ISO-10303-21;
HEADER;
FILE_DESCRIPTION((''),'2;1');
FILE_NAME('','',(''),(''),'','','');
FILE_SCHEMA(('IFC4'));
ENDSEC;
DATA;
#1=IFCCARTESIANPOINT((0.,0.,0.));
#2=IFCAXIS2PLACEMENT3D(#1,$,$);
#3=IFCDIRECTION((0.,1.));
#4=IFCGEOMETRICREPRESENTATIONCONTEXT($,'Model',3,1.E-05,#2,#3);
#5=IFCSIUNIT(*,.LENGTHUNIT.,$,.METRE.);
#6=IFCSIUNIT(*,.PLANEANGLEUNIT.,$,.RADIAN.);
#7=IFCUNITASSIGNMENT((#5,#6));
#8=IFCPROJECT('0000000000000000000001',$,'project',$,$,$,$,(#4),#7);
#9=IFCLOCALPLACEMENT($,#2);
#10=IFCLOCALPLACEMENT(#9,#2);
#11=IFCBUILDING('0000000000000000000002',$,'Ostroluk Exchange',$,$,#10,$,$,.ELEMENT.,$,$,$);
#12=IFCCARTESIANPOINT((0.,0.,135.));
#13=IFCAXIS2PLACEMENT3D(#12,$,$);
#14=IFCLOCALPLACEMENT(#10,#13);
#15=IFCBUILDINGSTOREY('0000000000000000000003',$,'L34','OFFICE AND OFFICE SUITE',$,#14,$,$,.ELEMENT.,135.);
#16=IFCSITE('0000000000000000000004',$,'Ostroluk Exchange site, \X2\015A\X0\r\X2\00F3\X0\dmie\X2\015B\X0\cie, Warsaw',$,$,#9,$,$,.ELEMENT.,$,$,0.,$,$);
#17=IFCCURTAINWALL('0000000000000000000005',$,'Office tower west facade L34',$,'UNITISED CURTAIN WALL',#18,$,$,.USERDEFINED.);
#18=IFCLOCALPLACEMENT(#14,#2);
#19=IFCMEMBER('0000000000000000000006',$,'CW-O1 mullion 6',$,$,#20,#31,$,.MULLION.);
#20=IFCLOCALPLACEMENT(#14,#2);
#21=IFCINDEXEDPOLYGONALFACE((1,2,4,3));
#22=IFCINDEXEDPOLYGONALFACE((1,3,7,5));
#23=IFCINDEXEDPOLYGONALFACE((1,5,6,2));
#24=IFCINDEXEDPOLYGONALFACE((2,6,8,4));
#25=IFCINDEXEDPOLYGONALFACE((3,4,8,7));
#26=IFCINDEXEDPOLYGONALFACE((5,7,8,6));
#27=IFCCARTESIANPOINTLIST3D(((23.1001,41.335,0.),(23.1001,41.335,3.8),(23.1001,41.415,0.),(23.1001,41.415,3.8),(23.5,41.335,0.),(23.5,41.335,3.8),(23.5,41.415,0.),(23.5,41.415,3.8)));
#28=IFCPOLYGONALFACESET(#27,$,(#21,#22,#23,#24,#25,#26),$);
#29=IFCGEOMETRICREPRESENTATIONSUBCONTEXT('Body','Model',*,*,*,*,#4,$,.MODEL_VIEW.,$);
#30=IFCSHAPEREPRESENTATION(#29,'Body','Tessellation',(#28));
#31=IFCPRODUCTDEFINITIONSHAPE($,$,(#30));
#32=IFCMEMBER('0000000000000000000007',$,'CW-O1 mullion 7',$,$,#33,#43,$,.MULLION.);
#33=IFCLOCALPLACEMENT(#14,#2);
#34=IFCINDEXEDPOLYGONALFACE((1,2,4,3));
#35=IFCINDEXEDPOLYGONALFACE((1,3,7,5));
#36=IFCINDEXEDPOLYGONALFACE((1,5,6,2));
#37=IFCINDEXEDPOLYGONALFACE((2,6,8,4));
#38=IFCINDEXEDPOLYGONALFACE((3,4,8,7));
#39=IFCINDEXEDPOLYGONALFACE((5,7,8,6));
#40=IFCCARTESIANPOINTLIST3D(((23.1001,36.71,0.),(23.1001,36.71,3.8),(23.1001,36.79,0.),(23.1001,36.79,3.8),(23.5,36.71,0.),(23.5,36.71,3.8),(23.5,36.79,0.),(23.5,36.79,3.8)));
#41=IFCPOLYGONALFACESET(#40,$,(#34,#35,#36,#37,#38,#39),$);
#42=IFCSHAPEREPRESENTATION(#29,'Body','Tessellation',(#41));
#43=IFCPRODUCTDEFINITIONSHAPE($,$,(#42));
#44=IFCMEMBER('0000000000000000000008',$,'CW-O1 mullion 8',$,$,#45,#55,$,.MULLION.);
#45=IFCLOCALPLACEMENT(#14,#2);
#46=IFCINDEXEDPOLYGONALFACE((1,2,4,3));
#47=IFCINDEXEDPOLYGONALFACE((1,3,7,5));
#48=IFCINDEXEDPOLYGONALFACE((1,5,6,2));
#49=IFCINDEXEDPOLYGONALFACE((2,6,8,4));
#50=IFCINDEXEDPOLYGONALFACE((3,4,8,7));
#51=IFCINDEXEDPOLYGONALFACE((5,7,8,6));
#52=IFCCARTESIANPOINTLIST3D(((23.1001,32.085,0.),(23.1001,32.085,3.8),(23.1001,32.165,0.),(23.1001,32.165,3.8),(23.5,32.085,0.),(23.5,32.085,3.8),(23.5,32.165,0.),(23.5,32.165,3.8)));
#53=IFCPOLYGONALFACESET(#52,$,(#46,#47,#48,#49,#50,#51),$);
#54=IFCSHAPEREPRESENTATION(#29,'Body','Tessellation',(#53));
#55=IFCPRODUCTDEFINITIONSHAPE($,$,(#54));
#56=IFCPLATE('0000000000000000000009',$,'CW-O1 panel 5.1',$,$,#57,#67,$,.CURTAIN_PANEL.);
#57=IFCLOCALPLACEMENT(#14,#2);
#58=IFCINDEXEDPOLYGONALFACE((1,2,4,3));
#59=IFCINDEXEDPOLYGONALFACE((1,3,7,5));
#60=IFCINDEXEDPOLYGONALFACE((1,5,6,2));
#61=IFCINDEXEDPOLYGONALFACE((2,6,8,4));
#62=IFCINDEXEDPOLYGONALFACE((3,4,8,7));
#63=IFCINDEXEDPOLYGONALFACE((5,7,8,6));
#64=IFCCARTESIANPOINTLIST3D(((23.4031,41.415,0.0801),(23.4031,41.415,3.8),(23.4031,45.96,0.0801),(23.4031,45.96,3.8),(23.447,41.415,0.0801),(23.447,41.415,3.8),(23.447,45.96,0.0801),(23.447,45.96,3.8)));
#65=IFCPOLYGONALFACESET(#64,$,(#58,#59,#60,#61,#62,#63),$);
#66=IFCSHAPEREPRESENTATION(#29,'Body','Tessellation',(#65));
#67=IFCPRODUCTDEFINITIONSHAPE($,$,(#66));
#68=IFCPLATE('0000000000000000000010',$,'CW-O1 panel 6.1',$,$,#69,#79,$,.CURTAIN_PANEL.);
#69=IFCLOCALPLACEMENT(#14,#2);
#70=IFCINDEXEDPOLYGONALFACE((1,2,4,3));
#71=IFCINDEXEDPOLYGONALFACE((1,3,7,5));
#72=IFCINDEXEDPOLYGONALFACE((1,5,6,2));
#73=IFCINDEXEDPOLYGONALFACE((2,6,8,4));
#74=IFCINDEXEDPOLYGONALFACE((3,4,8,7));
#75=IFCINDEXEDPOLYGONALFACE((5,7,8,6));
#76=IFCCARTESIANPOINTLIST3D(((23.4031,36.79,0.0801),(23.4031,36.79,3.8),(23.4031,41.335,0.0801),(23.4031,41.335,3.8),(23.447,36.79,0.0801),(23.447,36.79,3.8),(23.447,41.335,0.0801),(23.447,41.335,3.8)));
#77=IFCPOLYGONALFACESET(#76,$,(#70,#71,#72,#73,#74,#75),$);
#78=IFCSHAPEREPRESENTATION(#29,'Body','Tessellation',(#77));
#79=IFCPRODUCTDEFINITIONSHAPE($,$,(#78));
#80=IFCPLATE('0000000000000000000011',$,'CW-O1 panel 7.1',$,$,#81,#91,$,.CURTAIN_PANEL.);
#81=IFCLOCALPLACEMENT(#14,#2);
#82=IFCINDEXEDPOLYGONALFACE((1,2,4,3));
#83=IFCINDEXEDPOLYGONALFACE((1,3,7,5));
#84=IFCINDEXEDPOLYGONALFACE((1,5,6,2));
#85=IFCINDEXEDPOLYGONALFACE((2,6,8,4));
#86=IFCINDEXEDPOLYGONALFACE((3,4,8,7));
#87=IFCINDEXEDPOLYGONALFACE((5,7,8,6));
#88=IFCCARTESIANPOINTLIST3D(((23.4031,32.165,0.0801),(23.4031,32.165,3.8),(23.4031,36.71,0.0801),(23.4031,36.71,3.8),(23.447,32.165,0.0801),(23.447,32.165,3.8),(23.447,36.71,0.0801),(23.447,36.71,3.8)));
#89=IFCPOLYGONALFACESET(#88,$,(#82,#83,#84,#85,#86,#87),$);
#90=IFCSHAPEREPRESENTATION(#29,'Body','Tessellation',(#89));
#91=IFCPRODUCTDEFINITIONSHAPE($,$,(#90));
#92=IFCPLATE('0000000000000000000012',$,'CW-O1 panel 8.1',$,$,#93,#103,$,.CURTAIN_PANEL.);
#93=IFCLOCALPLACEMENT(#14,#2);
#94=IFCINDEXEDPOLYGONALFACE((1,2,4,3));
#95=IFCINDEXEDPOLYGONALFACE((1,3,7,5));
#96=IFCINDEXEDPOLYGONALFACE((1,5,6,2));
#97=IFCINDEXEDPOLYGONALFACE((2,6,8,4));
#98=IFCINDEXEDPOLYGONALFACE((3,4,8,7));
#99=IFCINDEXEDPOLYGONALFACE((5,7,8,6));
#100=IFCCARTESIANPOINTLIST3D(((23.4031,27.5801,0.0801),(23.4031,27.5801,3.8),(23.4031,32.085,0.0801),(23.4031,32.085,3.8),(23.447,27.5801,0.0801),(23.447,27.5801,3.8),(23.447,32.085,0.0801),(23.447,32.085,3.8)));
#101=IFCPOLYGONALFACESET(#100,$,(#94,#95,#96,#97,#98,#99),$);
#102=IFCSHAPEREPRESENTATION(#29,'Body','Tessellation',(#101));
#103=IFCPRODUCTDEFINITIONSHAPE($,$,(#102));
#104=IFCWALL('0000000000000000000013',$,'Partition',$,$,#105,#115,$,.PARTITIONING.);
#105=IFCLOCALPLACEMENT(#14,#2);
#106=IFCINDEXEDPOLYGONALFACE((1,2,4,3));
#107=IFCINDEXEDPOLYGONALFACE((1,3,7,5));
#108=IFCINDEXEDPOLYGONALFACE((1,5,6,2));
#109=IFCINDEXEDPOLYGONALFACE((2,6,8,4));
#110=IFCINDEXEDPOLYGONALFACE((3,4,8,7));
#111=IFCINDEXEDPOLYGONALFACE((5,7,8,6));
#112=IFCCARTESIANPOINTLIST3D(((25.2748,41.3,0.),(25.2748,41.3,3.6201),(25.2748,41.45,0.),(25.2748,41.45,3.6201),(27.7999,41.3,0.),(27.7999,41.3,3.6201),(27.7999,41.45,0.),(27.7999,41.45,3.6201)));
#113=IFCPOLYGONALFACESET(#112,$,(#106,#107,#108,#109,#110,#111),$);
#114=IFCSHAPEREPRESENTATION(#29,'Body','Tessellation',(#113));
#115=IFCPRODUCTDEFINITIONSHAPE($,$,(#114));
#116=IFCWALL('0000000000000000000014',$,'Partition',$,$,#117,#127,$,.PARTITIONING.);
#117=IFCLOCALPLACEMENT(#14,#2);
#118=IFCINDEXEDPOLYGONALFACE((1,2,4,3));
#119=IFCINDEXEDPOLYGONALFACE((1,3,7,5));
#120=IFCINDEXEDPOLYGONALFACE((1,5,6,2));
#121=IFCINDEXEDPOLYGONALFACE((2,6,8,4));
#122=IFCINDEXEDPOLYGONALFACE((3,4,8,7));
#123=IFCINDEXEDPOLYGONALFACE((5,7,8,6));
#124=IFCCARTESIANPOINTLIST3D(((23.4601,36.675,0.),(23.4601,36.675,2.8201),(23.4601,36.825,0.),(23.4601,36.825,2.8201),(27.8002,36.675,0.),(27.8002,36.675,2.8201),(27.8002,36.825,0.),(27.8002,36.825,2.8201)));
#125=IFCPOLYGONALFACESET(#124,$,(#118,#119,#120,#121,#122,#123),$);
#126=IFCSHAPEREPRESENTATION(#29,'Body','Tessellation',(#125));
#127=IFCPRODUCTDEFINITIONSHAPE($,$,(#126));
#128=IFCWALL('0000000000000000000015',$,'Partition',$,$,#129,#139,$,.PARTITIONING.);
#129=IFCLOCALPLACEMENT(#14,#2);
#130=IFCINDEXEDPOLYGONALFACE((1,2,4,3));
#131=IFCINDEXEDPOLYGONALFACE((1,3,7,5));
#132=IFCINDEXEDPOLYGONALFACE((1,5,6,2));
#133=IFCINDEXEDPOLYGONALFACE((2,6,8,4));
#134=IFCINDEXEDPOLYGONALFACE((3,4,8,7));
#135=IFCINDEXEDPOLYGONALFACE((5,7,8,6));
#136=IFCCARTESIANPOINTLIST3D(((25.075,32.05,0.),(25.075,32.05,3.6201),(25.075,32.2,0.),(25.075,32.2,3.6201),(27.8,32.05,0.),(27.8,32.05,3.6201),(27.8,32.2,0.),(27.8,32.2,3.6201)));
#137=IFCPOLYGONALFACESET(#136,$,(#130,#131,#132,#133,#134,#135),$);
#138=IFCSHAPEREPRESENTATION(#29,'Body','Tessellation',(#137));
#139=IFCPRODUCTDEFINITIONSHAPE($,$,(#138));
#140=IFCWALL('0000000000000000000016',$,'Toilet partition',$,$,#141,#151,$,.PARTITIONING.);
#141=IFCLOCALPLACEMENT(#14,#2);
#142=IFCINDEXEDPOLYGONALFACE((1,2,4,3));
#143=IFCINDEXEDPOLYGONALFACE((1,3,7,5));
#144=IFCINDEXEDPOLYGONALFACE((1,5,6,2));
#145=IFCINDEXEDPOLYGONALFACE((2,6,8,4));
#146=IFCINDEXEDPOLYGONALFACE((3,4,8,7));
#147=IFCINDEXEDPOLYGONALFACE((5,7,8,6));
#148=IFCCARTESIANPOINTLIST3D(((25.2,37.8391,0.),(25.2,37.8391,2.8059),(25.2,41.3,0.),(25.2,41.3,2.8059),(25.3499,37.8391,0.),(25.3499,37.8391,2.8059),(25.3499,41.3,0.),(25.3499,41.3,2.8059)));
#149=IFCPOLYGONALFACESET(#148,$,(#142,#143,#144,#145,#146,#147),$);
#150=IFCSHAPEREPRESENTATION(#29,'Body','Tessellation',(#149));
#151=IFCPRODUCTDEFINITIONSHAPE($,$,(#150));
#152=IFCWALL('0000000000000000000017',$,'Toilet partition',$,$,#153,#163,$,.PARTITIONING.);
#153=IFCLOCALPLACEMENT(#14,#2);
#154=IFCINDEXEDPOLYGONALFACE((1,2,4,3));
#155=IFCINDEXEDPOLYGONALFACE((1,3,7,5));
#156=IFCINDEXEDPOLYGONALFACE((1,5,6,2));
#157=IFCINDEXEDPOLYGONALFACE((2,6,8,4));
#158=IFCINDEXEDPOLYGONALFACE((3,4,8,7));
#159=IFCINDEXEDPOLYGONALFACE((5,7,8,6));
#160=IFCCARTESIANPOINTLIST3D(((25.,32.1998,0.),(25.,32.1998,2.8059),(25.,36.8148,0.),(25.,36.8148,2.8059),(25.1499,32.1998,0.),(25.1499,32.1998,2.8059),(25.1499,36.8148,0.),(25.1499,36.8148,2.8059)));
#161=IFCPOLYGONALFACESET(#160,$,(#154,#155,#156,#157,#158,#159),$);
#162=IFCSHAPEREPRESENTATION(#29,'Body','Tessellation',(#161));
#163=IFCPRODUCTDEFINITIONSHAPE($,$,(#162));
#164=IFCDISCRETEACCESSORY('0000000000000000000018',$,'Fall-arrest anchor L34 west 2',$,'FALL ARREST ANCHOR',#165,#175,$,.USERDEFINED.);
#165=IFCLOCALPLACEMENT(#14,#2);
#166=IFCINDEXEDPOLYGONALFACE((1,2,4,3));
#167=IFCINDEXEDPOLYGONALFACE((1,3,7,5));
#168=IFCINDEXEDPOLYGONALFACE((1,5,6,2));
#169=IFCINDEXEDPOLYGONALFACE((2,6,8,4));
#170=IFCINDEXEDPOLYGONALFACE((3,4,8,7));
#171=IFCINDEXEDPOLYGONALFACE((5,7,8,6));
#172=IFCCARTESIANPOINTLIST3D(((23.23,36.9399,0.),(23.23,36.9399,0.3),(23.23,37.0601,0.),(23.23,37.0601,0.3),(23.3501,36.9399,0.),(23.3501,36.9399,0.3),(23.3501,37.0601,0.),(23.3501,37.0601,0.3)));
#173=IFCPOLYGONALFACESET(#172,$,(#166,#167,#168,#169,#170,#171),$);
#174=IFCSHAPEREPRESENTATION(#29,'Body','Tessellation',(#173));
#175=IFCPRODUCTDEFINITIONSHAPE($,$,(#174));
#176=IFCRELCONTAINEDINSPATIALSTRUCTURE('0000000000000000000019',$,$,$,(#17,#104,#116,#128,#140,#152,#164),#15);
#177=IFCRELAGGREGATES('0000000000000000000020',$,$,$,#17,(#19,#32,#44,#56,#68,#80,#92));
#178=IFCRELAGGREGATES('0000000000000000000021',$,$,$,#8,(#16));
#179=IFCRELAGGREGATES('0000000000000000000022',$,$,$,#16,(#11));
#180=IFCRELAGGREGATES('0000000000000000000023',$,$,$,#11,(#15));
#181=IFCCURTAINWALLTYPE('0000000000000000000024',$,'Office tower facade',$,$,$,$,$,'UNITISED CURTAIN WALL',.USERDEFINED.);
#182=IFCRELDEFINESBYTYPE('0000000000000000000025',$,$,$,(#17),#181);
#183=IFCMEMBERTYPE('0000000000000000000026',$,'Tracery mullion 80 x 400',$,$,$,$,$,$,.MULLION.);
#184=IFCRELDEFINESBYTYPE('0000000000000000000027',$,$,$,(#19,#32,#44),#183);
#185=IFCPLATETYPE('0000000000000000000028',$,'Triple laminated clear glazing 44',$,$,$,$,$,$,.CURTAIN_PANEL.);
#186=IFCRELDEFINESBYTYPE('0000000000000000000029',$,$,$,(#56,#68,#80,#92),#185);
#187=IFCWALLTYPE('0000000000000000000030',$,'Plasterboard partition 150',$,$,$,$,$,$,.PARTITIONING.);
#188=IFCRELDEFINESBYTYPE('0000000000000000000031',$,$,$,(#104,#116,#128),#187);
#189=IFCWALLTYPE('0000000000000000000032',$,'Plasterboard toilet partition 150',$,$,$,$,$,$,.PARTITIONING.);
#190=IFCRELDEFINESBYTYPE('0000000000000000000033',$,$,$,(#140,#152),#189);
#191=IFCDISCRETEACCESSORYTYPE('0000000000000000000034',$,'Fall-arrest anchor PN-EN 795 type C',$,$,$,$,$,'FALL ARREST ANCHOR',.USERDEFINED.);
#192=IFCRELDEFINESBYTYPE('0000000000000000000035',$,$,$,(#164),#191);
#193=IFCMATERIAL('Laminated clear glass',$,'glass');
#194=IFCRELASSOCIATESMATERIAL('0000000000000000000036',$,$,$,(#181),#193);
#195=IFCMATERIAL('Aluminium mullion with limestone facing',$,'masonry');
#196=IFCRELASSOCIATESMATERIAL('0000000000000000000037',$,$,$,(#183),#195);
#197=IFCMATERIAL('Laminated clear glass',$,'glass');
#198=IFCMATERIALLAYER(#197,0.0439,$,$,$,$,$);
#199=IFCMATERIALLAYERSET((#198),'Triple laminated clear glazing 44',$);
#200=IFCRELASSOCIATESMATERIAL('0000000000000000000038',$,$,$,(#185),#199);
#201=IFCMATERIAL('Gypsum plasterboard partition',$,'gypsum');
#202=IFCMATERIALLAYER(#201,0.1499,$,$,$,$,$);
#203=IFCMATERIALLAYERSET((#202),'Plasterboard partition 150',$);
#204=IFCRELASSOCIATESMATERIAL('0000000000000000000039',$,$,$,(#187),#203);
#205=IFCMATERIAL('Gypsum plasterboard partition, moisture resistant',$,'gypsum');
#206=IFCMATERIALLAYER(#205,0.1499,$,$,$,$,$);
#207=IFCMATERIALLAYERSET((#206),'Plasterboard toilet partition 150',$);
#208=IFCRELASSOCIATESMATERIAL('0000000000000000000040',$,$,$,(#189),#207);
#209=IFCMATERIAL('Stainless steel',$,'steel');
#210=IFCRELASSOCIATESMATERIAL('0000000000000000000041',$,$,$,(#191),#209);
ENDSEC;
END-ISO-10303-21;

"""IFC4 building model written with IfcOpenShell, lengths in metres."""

from ifc_helpers import new_model, si_unit, direction, frame, frame_2d, origin, origin_2d, place, context, subcontext, project, spatial, rectangle, extrude, material, layer, layer_set, material_profile, profile_set, type_object, element, aggregate, save


model = new_model("IFC4")

# Units and contexts
model_context = context("Model", 3, precision=1e-05, world=origin(), true_north=direction((0.0, 1.0)))
body_context = subcontext(model_context, "Body", "Model", "MODEL_VIEW")
ifc_project = project(units=[si_unit("LENGTHUNIT", "METRE"), si_unit("PLANEANGLEUNIT", "RADIAN")], contexts=[model_context])

# Site, building, storey
site_placement = place(None, origin())
site = spatial("IfcSite", under=ifc_project, at=site_placement, Name="Ostroluk Exchange site, Śródmieście, Warsaw", CompositionType="ELEMENT", RefElevation=0.0)
building_placement = place(site_placement, origin())
building = spatial("IfcBuilding", under=site, at=building_placement, Name="Ostroluk Exchange", CompositionType="ELEMENT")
storey_placement = place(building_placement, frame((0.0, 0.0, 135.0)))
storey = spatial("IfcBuildingStorey", under=building, at=storey_placement, Name="L34", Description="OFFICE AND OFFICE SUITE", CompositionType="ELEMENT", Elevation=135.0)

# Curtain wall, members, plates
ifc_material_1 = material(Name="Laminated clear glass", Category="glass")
curtain_wall_type = type_object("IfcCurtainWallType", Name="Office tower facade", ElementType="UNITISED CURTAIN WALL", PredefinedType="USERDEFINED", material=ifc_material_1)
curtain_wall_placement = place(storey_placement, origin())
curtain_wall = element("IfcCurtainWall", 1, at=curtain_wall_placement, inside=storey, type_object=curtain_wall_type, Name="Office tower west facade L34", ObjectType="UNITISED CURTAIN WALL", PredefinedType="USERDEFINED")
ifc_material_2 = material(Name="Aluminium mullion with limestone facing", Category="masonry")
ifc_material_profile_1 = material_profile(ifc_material_2, rectangle(XDim=0.3999, YDim=0.0801, at=origin_2d()), Name="Tracery mullion 80 x 400")
ifc_profile_set_1 = profile_set([ifc_material_profile_1], Name="Aluminium mullion with limestone facing")
member_type_1 = type_object("IfcMemberType", Name="Tracery mullion 80 x 400", PredefinedType="MULLION", material=ifc_profile_set_1)
member_1_placement = place(storey_placement, frame((23.3, 41.375, 0.0), z_axis=(0.0, 0.0, 1.0), x_axis=(1.0, 0.0, 0.0)))
member_1 = element("IfcMember", 2, at=member_1_placement, type_object=member_type_1, Name="CW-O1 mullion 6", PredefinedType="MULLION", context=body_context, shape_type="SweptSolid", body=[
    extrude(rectangle(XDim=0.3999, YDim=0.0801, at=origin_2d()), origin(), (0.0, 0.0, 1.0), 3.8),
])
member_2_placement = place(storey_placement, frame((23.3, 36.75, 0.0), z_axis=(0.0, 0.0, 1.0), x_axis=(1.0, 0.0, 0.0)))
member_2 = element("IfcMember", 3, at=member_2_placement, type_object=member_type_1, Name="CW-O1 mullion 7", PredefinedType="MULLION", context=body_context, shape_type="SweptSolid", body=[
    extrude(rectangle(XDim=0.3999, YDim=0.0801, at=origin_2d()), origin(), (0.0, 0.0, 1.0), 3.8),
])
member_3_placement = place(storey_placement, frame((23.3, 32.125, 0.0), z_axis=(0.0, 0.0, 1.0), x_axis=(1.0, 0.0, 0.0)))
member_3 = element("IfcMember", 4, at=member_3_placement, type_object=member_type_1, Name="CW-O1 mullion 8", PredefinedType="MULLION", context=body_context, shape_type="SweptSolid", body=[
    extrude(rectangle(XDim=0.3999, YDim=0.0801, at=origin_2d()), origin(), (0.0, 0.0, 1.0), 3.8),
])
ifc_material_3 = material(Name="Laminated clear glass", Category="glass")
ifc_layer_1 = layer(ifc_material_3, 0.0439)
ifc_layer_set_1 = layer_set([ifc_layer_1], Name="Triple laminated clear glazing 44")
plate_type = type_object("IfcPlateType", Name="Triple laminated clear glazing 44", PredefinedType="CURTAIN_PANEL", material=ifc_layer_set_1)
plate_1_placement = place(storey_placement, frame((23.425, 43.6875, 0.0801), z_axis=(0.0, 0.0, 1.0), x_axis=(0.0, -1.0, 0.0)))
plate_1 = element("IfcPlate", 5, at=plate_1_placement, type_object=plate_type, Name="CW-O1 panel 5.1", PredefinedType="CURTAIN_PANEL", context=body_context, shape_type="SweptSolid", body=[
    extrude(rectangle(XDim=4.5449, YDim=0.0439, at=origin_2d()), origin(), (0.0, 0.0, 1.0), 3.72),
])
plate_2_placement = place(storey_placement, frame((23.425, 39.0625, 0.0801), z_axis=(0.0, 0.0, 1.0), x_axis=(0.0, -1.0, 0.0)))
plate_2 = element("IfcPlate", 6, at=plate_2_placement, type_object=plate_type, Name="CW-O1 panel 6.1", PredefinedType="CURTAIN_PANEL", context=body_context, shape_type="SweptSolid", body=[
    extrude(rectangle(XDim=4.5449, YDim=0.0439, at=origin_2d()), origin(), (0.0, 0.0, 1.0), 3.72),
])
plate_3_placement = place(storey_placement, frame((23.425, 34.4375, 0.0801), z_axis=(0.0, 0.0, 1.0), x_axis=(0.0, -1.0, 0.0)))
plate_3 = element("IfcPlate", 7, at=plate_3_placement, type_object=plate_type, Name="CW-O1 panel 7.1", PredefinedType="CURTAIN_PANEL", context=body_context, shape_type="SweptSolid", body=[
    extrude(rectangle(XDim=4.5449, YDim=0.0439, at=origin_2d()), origin(), (0.0, 0.0, 1.0), 3.72),
])
plate_4_placement = place(storey_placement, frame((23.425, 29.8325, 0.0801), z_axis=(0.0, 0.0, 1.0), x_axis=(0.0, -1.0, 0.0)))
plate_4 = element("IfcPlate", 8, at=plate_4_placement, type_object=plate_type, Name="CW-O1 panel 8.1", PredefinedType="CURTAIN_PANEL", context=body_context, shape_type="SweptSolid", body=[
    extrude(rectangle(XDim=4.5049, YDim=0.0439, at=origin_2d()), origin(), (0.0, 0.0, 1.0), 3.72),
])
aggregate(curtain_wall, [member_1, member_2, member_3, plate_1, plate_2, plate_3, plate_4])

# Walls
ifc_material_4 = material(Name="Gypsum plasterboard partition", Category="gypsum")
ifc_layer_2 = layer(ifc_material_4, 0.1499)
ifc_layer_set_2 = layer_set([ifc_layer_2], Name="Plasterboard partition 150")
wall_type_1 = type_object("IfcWallType", Name="Plasterboard partition 150", PredefinedType="PARTITIONING", material=ifc_layer_set_2)
wall_1_placement = place(storey_placement, frame((27.8, 41.375, 0.0), z_axis=(0.0, 0.0, 1.0), x_axis=(-1.0, 0.0, 0.0)))
element("IfcWall", 9, at=wall_1_placement, inside=storey, type_object=wall_type_1, Name="Partition", PredefinedType="PARTITIONING", context=body_context, shape_type="SweptSolid", body=[
    extrude(rectangle(XDim=2.5251, YDim=0.1499, at=frame_2d((1.2627, 0.0))), origin(), (0.0, 0.0, 1.0), 3.6201),
])
wall_2_placement = place(storey_placement, frame((27.8, 36.75, 0.0), z_axis=(0.0, 0.0, 1.0), x_axis=(-1.0, 0.0, 0.0)))
element("IfcWall", 10, at=wall_2_placement, inside=storey, type_object=wall_type_1, Name="Partition", PredefinedType="PARTITIONING", context=body_context, shape_type="SweptSolid", body=[
    extrude(rectangle(XDim=4.3401, YDim=0.1499, at=frame_2d((2.1699, 0.0))), origin(), (0.0, 0.0, 1.0), 2.8201),
])
wall_3_placement = place(storey_placement, frame((27.8, 32.125, 0.0), z_axis=(0.0, 0.0, 1.0), x_axis=(-1.0, 0.0, 0.0)))
element("IfcWall", 11, at=wall_3_placement, inside=storey, type_object=wall_type_1, Name="Partition", PredefinedType="PARTITIONING", context=body_context, shape_type="SweptSolid", body=[
    extrude(rectangle(XDim=2.7251, YDim=0.1499, at=frame_2d((1.3625, 0.0))), origin(), (0.0, 0.0, 1.0), 3.6201),
])
ifc_material_5 = material(Name="Gypsum plasterboard partition, moisture resistant", Category="gypsum")
ifc_layer_3 = layer(ifc_material_5, 0.1499)
ifc_layer_set_3 = layer_set([ifc_layer_3], Name="Plasterboard toilet partition 150")
wall_type_2 = type_object("IfcWallType", Name="Plasterboard toilet partition 150", PredefinedType="PARTITIONING", material=ifc_layer_set_3)
wall_4_placement = place(storey_placement, frame((25.2749, 41.3, 0.0), z_axis=(0.0, 0.0, 1.0), x_axis=(0.0, -1.0, 0.0)))
element("IfcWall", 12, at=wall_4_placement, inside=storey, type_object=wall_type_2, Name="Toilet partition", PredefinedType="PARTITIONING", context=body_context, shape_type="SweptSolid", body=[
    extrude(rectangle(XDim=3.4609, YDim=0.1499, at=frame_2d((1.7305, 0.0))), origin(), (0.0, 0.0, 1.0), 2.8059),
])
wall_5_placement = place(storey_placement, frame((25.075, 36.8149, 0.0), z_axis=(0.0, 0.0, 1.0), x_axis=(0.0, -1.0, 0.0)))
element("IfcWall", 13, at=wall_5_placement, inside=storey, type_object=wall_type_2, Name="Toilet partition", PredefinedType="PARTITIONING", context=body_context, shape_type="SweptSolid", body=[
    extrude(rectangle(XDim=4.615, YDim=0.1499, at=frame_2d((2.3076, 0.0))), origin(), (0.0, 0.0, 1.0), 2.8059),
])

# Discrete accessory
ifc_material_6 = material(Name="Stainless steel", Category="steel")
discrete_accessory_type = type_object("IfcDiscreteAccessoryType", Name="Fall-arrest anchor PN-EN 795 type C", ElementType="FALL ARREST ANCHOR", PredefinedType="USERDEFINED", material=ifc_material_6)
discrete_accessory_placement = place(storey_placement, frame((23.29, 37.0, 0.0), z_axis=(0.0, 0.0, 1.0), x_axis=(1.0, 0.0, 0.0)))
element("IfcDiscreteAccessory", 14, at=discrete_accessory_placement, inside=storey, type_object=discrete_accessory_type, Name="Fall-arrest anchor L34 west 2", ObjectType="FALL ARREST ANCHOR", PredefinedType="USERDEFINED", context=body_context, shape_type="SweptSolid", body=[
    extrude(rectangle(XDim=0.1201, YDim=0.1201, at=origin_2d()), origin(), (0.0, 0.0, 1.0), 0.3),
])

save(model, "model.ifc")
